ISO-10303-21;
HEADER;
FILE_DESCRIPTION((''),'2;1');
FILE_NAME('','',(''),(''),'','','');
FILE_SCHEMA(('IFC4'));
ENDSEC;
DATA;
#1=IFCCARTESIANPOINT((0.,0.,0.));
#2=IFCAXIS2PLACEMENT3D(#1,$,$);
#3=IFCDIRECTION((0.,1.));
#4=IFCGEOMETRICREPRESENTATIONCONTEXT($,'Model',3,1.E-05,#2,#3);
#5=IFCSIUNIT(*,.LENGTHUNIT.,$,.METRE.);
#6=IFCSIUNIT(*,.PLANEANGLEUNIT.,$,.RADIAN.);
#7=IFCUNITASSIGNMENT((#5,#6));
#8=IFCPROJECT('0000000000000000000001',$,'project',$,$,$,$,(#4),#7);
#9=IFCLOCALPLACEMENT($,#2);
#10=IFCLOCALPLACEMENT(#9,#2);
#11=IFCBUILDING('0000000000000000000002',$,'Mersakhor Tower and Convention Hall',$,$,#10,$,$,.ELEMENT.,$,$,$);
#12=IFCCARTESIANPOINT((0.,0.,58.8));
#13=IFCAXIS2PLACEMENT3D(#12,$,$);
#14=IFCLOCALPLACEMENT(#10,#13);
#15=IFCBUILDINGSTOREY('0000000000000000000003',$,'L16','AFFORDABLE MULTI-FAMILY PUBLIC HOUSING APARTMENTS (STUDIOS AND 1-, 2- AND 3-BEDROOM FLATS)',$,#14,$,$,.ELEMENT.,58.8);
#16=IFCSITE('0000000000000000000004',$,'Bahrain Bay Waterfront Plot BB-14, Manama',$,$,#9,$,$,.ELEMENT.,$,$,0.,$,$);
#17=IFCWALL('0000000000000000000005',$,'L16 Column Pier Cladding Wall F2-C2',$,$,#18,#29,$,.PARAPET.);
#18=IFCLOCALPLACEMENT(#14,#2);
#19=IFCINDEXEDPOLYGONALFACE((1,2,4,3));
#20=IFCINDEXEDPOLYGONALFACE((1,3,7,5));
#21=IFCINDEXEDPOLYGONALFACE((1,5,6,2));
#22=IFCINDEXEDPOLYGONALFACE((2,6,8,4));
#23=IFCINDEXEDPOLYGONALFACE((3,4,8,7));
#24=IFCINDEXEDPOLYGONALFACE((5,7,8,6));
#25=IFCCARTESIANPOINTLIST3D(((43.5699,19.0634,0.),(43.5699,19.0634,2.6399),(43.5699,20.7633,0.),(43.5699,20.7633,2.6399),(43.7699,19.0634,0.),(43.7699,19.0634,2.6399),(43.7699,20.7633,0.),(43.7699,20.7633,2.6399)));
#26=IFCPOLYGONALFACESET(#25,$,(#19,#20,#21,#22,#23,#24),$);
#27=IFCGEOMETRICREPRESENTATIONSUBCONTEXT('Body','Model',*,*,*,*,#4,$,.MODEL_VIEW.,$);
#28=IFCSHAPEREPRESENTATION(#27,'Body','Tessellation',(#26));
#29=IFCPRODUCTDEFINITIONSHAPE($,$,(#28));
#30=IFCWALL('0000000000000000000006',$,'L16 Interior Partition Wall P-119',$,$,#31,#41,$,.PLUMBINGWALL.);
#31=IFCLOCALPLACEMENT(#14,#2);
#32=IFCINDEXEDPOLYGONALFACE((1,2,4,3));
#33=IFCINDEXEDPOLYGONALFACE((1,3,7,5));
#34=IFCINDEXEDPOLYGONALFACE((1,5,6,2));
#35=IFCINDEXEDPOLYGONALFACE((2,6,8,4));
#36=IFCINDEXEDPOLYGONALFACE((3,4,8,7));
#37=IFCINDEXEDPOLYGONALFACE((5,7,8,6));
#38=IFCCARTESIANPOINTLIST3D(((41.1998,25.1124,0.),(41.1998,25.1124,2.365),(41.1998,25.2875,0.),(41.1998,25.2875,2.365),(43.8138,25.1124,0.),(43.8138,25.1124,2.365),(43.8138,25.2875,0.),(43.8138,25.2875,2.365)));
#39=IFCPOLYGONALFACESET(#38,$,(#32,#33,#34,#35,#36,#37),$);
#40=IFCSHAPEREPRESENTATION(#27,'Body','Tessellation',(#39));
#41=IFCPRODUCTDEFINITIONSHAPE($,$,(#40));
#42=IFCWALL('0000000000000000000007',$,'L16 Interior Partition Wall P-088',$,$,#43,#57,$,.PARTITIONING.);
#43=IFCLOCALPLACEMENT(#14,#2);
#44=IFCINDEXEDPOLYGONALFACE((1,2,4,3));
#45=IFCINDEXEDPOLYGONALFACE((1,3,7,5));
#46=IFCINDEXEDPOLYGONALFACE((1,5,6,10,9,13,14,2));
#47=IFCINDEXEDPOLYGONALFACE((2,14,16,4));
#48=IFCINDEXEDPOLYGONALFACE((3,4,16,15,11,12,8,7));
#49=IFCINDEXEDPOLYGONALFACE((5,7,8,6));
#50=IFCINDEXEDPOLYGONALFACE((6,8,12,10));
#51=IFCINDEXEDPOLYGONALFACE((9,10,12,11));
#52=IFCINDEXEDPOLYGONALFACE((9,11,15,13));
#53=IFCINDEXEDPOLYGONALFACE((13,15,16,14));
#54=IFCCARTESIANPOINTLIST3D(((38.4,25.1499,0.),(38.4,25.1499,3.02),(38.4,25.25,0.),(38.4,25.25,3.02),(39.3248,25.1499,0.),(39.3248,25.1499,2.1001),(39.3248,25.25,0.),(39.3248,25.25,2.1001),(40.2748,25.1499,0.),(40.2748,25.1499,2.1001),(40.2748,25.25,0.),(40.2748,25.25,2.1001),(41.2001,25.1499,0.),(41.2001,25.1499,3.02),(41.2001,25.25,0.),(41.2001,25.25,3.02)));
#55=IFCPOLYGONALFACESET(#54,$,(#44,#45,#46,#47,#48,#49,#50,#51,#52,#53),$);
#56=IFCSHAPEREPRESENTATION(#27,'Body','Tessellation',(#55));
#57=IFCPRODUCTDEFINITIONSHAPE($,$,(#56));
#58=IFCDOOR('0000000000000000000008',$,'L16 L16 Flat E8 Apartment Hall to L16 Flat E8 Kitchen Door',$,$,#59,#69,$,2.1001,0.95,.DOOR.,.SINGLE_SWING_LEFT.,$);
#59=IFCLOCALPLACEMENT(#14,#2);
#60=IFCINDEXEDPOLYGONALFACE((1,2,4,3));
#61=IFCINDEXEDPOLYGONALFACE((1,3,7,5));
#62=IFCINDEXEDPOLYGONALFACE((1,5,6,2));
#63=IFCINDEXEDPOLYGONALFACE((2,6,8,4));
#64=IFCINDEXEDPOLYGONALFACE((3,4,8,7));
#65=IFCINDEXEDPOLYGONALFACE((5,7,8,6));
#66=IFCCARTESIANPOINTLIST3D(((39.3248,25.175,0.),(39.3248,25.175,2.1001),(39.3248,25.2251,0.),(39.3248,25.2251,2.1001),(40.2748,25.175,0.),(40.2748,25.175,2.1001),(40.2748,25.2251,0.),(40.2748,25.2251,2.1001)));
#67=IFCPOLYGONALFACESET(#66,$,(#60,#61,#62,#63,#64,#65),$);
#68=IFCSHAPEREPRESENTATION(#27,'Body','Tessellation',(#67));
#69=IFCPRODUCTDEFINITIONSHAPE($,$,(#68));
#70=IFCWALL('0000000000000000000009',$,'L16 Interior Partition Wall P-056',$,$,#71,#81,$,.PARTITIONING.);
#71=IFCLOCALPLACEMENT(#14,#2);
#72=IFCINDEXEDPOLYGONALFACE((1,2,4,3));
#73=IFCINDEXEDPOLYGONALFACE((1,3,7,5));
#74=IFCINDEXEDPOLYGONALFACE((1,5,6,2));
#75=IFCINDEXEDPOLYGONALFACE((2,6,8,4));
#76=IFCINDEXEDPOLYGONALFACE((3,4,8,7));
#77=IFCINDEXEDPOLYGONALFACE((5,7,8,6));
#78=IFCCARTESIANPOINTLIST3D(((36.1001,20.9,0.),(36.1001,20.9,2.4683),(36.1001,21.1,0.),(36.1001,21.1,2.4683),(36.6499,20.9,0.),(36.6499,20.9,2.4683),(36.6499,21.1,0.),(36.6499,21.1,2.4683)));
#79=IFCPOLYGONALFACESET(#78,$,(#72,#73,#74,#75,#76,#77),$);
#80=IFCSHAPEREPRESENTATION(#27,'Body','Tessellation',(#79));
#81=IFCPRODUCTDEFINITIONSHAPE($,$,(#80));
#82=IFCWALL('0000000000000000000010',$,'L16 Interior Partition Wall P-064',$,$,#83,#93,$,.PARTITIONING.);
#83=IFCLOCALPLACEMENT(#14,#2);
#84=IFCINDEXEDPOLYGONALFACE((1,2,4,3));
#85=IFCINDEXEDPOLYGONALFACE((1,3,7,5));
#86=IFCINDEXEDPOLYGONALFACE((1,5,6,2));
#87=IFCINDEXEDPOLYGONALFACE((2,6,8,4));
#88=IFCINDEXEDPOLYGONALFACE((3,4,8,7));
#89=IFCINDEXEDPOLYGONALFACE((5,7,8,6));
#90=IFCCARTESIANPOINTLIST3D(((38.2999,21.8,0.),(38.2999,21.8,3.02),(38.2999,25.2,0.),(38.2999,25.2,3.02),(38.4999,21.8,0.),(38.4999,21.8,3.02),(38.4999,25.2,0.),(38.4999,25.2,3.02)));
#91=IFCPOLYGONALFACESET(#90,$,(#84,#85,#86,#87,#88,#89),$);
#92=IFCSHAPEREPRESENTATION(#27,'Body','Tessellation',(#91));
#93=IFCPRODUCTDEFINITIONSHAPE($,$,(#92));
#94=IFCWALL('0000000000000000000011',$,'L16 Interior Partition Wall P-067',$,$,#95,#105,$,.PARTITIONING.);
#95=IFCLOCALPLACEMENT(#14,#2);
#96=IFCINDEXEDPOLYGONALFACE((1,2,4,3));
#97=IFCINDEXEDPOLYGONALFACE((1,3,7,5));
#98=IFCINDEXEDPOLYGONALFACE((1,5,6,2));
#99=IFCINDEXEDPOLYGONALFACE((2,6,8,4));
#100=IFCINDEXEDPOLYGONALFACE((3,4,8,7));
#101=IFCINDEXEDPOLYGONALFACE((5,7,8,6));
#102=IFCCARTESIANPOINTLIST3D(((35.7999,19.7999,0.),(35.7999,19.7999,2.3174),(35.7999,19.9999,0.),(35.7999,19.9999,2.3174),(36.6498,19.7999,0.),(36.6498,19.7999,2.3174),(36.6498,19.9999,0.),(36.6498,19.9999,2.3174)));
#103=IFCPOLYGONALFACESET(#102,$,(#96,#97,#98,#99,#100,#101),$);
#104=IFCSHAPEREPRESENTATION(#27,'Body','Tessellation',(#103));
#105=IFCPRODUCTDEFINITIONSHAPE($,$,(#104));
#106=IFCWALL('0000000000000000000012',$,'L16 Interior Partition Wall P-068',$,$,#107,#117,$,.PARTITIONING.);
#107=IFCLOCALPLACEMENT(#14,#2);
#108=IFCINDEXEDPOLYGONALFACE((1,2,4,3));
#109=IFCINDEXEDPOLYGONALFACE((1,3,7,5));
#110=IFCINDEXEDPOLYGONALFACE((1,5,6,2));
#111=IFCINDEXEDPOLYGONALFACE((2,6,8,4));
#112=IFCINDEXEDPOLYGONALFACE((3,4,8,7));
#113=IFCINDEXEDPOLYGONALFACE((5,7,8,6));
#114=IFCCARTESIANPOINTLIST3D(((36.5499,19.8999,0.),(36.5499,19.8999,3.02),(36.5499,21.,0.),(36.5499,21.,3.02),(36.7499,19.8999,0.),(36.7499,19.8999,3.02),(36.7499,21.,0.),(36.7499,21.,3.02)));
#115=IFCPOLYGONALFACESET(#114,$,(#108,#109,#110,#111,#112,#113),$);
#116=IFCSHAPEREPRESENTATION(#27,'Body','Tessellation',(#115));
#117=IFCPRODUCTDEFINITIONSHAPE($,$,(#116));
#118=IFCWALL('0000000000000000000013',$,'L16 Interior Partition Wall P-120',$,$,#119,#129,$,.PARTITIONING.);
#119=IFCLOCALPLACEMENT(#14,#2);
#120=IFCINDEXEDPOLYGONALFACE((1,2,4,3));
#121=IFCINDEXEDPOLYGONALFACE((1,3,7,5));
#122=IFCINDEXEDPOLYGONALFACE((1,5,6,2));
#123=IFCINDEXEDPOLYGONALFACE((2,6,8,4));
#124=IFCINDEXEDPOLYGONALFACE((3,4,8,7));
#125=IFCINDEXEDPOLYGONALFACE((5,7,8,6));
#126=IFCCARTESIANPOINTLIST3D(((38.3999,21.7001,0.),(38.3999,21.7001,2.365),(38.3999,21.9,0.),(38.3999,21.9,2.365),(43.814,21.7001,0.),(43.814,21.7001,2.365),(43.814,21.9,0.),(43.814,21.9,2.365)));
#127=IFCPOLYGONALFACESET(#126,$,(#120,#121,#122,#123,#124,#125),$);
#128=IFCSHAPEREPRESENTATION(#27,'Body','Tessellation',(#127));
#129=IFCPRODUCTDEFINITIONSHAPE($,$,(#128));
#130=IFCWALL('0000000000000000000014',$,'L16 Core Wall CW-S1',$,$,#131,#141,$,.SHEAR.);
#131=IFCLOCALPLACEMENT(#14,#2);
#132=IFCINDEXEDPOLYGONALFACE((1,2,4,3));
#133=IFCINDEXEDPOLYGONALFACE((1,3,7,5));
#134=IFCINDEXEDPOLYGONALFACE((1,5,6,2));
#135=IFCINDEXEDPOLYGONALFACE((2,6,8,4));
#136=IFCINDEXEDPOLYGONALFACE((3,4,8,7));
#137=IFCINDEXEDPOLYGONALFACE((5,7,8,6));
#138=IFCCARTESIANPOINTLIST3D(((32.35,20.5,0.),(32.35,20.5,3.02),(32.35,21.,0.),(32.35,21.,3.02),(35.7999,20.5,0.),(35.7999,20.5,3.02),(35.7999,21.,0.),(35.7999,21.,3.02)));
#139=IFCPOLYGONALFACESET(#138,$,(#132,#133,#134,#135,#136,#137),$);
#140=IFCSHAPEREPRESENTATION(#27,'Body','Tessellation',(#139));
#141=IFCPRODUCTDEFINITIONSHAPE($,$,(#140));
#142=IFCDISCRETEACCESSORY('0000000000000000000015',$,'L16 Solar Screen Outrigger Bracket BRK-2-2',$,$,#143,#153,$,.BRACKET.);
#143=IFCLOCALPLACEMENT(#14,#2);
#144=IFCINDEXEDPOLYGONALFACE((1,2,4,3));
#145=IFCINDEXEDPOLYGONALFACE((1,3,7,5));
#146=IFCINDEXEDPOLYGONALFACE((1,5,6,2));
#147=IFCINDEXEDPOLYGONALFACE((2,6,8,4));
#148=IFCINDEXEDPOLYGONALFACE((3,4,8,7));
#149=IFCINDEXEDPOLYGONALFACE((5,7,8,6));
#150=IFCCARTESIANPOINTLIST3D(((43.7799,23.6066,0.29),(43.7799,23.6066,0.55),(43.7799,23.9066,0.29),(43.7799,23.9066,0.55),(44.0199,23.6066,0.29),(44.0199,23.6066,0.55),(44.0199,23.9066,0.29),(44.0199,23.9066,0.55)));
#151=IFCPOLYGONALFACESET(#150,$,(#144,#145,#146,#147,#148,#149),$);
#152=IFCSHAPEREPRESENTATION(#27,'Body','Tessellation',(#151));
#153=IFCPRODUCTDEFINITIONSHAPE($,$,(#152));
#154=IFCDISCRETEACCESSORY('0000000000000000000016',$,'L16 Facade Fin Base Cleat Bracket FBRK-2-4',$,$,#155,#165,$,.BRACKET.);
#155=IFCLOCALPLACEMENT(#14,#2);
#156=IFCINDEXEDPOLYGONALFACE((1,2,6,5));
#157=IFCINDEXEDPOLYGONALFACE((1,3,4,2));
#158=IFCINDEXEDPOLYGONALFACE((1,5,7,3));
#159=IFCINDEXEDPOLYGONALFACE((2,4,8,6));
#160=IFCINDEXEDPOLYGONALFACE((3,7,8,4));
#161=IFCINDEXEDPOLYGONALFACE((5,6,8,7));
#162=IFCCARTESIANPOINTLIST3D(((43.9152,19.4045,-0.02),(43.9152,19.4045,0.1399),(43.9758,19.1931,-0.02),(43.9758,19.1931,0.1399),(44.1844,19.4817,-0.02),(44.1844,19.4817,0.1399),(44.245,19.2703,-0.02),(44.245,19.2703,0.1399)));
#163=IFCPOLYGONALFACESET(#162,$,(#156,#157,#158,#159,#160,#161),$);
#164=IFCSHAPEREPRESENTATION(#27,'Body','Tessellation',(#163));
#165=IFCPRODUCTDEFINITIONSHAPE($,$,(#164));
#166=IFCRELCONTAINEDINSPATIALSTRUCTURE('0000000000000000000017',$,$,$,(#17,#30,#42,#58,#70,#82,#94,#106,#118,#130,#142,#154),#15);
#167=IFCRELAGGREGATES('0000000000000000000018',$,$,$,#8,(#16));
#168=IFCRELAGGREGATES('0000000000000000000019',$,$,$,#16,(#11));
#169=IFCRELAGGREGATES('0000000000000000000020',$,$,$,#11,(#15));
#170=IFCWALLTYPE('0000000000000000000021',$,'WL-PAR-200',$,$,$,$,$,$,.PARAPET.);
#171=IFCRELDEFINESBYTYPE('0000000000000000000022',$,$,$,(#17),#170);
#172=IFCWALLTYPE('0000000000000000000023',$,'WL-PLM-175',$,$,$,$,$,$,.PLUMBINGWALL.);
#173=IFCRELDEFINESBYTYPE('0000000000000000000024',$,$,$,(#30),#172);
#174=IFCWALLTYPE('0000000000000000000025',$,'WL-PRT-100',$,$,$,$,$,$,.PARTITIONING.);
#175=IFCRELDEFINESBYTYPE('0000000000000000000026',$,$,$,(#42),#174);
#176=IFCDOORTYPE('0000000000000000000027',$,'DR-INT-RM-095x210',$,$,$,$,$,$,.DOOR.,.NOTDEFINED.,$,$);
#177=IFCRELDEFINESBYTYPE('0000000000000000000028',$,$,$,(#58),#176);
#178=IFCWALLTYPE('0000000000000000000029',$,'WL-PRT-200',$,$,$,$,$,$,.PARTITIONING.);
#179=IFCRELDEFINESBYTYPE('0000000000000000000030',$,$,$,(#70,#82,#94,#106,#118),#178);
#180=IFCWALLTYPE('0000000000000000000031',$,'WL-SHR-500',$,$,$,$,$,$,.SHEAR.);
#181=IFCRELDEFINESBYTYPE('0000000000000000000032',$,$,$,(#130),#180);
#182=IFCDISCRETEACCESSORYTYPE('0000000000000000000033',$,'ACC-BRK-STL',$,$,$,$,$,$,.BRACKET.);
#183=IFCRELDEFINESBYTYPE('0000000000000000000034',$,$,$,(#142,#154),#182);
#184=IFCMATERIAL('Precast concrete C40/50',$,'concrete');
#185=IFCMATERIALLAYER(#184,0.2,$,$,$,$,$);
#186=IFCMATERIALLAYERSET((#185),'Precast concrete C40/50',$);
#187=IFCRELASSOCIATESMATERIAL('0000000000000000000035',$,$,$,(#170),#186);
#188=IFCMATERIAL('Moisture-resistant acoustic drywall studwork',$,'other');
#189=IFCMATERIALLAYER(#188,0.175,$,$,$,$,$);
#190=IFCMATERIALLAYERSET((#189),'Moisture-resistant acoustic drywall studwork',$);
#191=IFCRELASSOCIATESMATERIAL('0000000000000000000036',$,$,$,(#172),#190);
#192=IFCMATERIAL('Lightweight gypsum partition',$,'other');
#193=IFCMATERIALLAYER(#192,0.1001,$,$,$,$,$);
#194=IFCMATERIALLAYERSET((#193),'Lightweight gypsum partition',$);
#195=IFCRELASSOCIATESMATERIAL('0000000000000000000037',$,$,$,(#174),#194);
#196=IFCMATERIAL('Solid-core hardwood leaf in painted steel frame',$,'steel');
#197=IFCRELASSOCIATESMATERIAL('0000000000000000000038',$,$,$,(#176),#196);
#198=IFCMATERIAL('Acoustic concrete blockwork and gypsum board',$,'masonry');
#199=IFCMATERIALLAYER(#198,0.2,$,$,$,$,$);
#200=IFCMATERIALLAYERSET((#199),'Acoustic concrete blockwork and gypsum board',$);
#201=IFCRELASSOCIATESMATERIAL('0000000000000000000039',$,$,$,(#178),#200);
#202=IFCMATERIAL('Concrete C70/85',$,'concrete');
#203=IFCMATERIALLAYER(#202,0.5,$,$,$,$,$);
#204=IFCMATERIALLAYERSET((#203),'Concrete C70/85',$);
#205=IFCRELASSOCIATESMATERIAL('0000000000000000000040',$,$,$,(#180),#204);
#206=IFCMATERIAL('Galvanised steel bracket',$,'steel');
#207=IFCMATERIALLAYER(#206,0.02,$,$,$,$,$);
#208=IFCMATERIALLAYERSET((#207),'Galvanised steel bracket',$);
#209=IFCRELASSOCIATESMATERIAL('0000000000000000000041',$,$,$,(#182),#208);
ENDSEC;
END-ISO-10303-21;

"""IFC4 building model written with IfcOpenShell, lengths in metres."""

from ifc_helpers import new_model, si_unit, direction, frame, frame_2d, origin, origin_2d, place, context, subcontext, project, spatial, rectangle, extrude, material, layer, layer_set, type_object, element, fill, save


model = new_model("IFC4")

# Units and contexts
model_context = context("Model", 3, precision=1e-05, world=origin(), true_north=direction((0.0, 1.0)))
body_context = subcontext(model_context, "Body", "Model", "MODEL_VIEW")
ifc_project = project(units=[si_unit("LENGTHUNIT", "METRE"), si_unit("PLANEANGLEUNIT", "RADIAN")], contexts=[model_context])

# Site, building, storey
site_placement = place(None, origin())
site = spatial("IfcSite", under=ifc_project, at=site_placement, Name="Bahrain Bay Waterfront Plot BB-14, Manama", CompositionType="ELEMENT", RefElevation=0.0)
building_placement = place(site_placement, origin())
building = spatial("IfcBuilding", under=site, at=building_placement, Name="Mersakhor Tower and Convention Hall", CompositionType="ELEMENT")
storey_placement = place(building_placement, frame((0.0, 0.0, 58.8)))
storey = spatial("IfcBuildingStorey", under=building, at=storey_placement, Name="L16", Description="AFFORDABLE MULTI-FAMILY PUBLIC HOUSING APARTMENTS (STUDIOS AND 1-, 2- AND 3-BEDROOM FLATS)", CompositionType="ELEMENT", Elevation=58.8)

# Walls
ifc_material_1 = material(Name="Precast concrete C40/50", Category="concrete")
ifc_layer_1 = layer(ifc_material_1, 0.2)
ifc_layer_set_1 = layer_set([ifc_layer_1], Name="Precast concrete C40/50")
wall_type_1 = type_object("IfcWallType", Name="WL-PAR-200", PredefinedType="PARAPET", material=ifc_layer_set_1)
wall_1_placement = place(storey_placement, frame((43.6699, 20.7634, 0.0), z_axis=(0.0, 0.0, 1.0), x_axis=(0.0, -1.0, 0.0)))
element("IfcWall", 1, at=wall_1_placement, inside=storey, type_object=wall_type_1, Name="L16 Column Pier Cladding Wall F2-C2", PredefinedType="PARAPET", context=body_context, shape_type="SweptSolid", body=[
    extrude(rectangle(XDim=1.7, YDim=0.2, at=frame_2d((0.8501, 0.0))), origin(), (0.0, 0.0, 1.0), 2.6399),
])
ifc_material_2 = material(Name="Moisture-resistant acoustic drywall studwork", Category="other")
ifc_layer_2 = layer(ifc_material_2, 0.175)
ifc_layer_set_2 = layer_set([ifc_layer_2], Name="Moisture-resistant acoustic drywall studwork")
wall_type_2 = type_object("IfcWallType", Name="WL-PLM-175", PredefinedType="PLUMBINGWALL", material=ifc_layer_set_2)
wall_2_placement = place(storey_placement, frame((43.814, 25.2, 0.0), z_axis=(0.0, 0.0, 1.0), x_axis=(-1.0, 0.0, 0.0)))
element("IfcWall", 2, at=wall_2_placement, inside=storey, type_object=wall_type_2, Name="L16 Interior Partition Wall P-119", PredefinedType="PLUMBINGWALL", context=body_context, shape_type="SweptSolid", body=[
    extrude(rectangle(XDim=2.614, YDim=0.175, at=frame_2d((1.3071, 0.0))), origin(), (0.0, 0.0, 1.0), 2.365),
])

# Wall, opening, door
ifc_material_3 = material(Name="Lightweight gypsum partition", Category="other")
ifc_layer_3 = layer(ifc_material_3, 0.1001)
ifc_layer_set_3 = layer_set([ifc_layer_3], Name="Lightweight gypsum partition")
wall_type_3 = type_object("IfcWallType", Name="WL-PRT-100", PredefinedType="PARTITIONING", material=ifc_layer_set_3)
wall_3_placement = place(storey_placement, frame((41.2, 25.2, 0.0), z_axis=(0.0, 0.0, 1.0), x_axis=(-1.0, 0.0, 0.0)))
wall_3 = element("IfcWall", 3, at=wall_3_placement, inside=storey, type_object=wall_type_3, Name="L16 Interior Partition Wall P-088", PredefinedType="PARTITIONING", context=body_context, shape_type="SweptSolid", body=[
    extrude(rectangle(XDim=2.8, YDim=0.1001, at=frame_2d((1.3999, 0.0))), origin(), (0.0, 0.0, 1.0), 3.02),
])
opening_1_placement = place(wall_3_placement, frame((0.925, 0.0, 0.0)))
opening_1 = element("IfcOpeningElement", 4, at=opening_1_placement, cuts=wall_3, PredefinedType="OPENING", context=body_context, shape_type="SweptSolid", body=[
    extrude(rectangle(XDim=0.95, YDim=2.1001, at=frame_2d((0.4751, 1.05))), frame((0.0, 0.0601, 0.0), z_axis=(0.0, -1.0, 0.0), x_axis=(1.0, 0.0, 0.0)), (0.0, 0.0, 1.0), 0.1201),
])
ifc_material_4 = material(Name="Solid-core hardwood leaf in painted steel frame", Category="steel")
door_type_1 = type_object("IfcDoorType", Name="DR-INT-RM-095x210", OperationType="NOTDEFINED", PredefinedType="DOOR", material=ifc_material_4)
door_1_placement = place(opening_1_placement, origin())
door_1 = element("IfcDoor", 5, at=door_1_placement, inside=storey, type_object=door_type_1, Name="L16 L16 Flat E8 Apartment Hall to L16 Flat E8 Kitchen Door", OperationType="SINGLE_SWING_LEFT", OverallHeight=2.1001, OverallWidth=0.95, PredefinedType="DOOR", context=body_context, shape_type="SweptSolid", body=[
    extrude(rectangle(XDim=0.95, YDim=2.1001, at=frame_2d((0.4751, 1.05))), frame((0.0, 0.0249, 0.0), z_axis=(0.0, -1.0, 0.0), x_axis=(1.0, 0.0, 0.0)), (0.0, 0.0, 1.0), 0.05),
])
fill(opening_1, door_1)

# Walls
ifc_material_5 = material(Name="Acoustic concrete blockwork and gypsum board", Category="masonry")
ifc_layer_4 = layer(ifc_material_5, 0.2)
ifc_layer_set_4 = layer_set([ifc_layer_4], Name="Acoustic concrete blockwork and gypsum board")
wall_type_4 = type_object("IfcWallType", Name="WL-PRT-200", PredefinedType="PARTITIONING", material=ifc_layer_set_4)
wall_4_placement = place(storey_placement, frame((36.6499, 21.0, 0.0), z_axis=(0.0, 0.0, 1.0), x_axis=(-1.0, 0.0, 0.0)))
element("IfcWall", 6, at=wall_4_placement, inside=storey, type_object=wall_type_4, Name="L16 Interior Partition Wall P-056", PredefinedType="PARTITIONING", context=body_context, shape_type="SweptSolid", body=[
    extrude(rectangle(XDim=0.5498, YDim=0.2, at=frame_2d((0.2749, 0.0))), origin(), (0.0, 0.0, 1.0), 2.4683),
])
wall_5_placement = place(storey_placement, frame((38.3999, 25.2, 0.0), z_axis=(0.0, 0.0, 1.0), x_axis=(0.0, -1.0, 0.0)))
element("IfcWall", 7, at=wall_5_placement, inside=storey, type_object=wall_type_4, Name="L16 Interior Partition Wall P-064", PredefinedType="PARTITIONING", context=body_context, shape_type="SweptSolid", body=[
    extrude(rectangle(XDim=3.3999, YDim=0.2, at=frame_2d((1.7, 0.0))), origin(), (0.0, 0.0, 1.0), 3.02),
])

# Walls
wall_6_placement = place(storey_placement, frame((35.8, 19.8999, 0.0), z_axis=(0.0, 0.0, 1.0), x_axis=(1.0, 0.0, 0.0)))
element("IfcWall", 8, at=wall_6_placement, inside=storey, type_object=wall_type_4, Name="L16 Interior Partition Wall P-067", PredefinedType="PARTITIONING", context=body_context, shape_type="SweptSolid", body=[
    extrude(rectangle(XDim=0.8499, YDim=0.2, at=frame_2d((0.4248, 0.0))), origin(), (0.0, 0.0, 1.0), 2.3174),
])
wall_7_placement = place(storey_placement, frame((36.6499, 19.8999, 0.0), z_axis=(0.0, 0.0, 1.0), x_axis=(0.0, 1.0, 0.0)))
element("IfcWall", 9, at=wall_7_placement, inside=storey, type_object=wall_type_4, Name="L16 Interior Partition Wall P-068", PredefinedType="PARTITIONING", context=body_context, shape_type="SweptSolid", body=[
    extrude(rectangle(XDim=1.1001, YDim=0.2, at=frame_2d((0.55, 0.0))), origin(), (0.0, 0.0, 1.0), 3.02),
])
wall_8_placement = place(storey_placement, frame((43.814, 21.8, 0.0), z_axis=(0.0, 0.0, 1.0), x_axis=(-1.0, 0.0, 0.0)))
element("IfcWall", 10, at=wall_8_placement, inside=storey, type_object=wall_type_4, Name="L16 Interior Partition Wall P-120", PredefinedType="PARTITIONING", context=body_context, shape_type="SweptSolid", body=[
    extrude(rectangle(XDim=5.4141, YDim=0.2, at=frame_2d((2.707, 0.0))), origin(), (0.0, 0.0, 1.0), 2.365),
])
ifc_material_6 = material(Name="Concrete C70/85", Category="concrete")
ifc_layer_5 = layer(ifc_material_6, 0.5)
ifc_layer_set_5 = layer_set([ifc_layer_5], Name="Concrete C70/85")
wall_type_5 = type_object("IfcWallType", Name="WL-SHR-500", PredefinedType="SHEAR", material=ifc_layer_set_5)
wall_9_placement = place(storey_placement, frame((35.8, 20.75, 0.0), z_axis=(0.0, 0.0, 1.0), x_axis=(-1.0, 0.0, 0.0)))
element("IfcWall", 11, at=wall_9_placement, inside=storey, type_object=wall_type_5, Name="L16 Core Wall CW-S1", PredefinedType="SHEAR", context=body_context, shape_type="SweptSolid", body=[
    extrude(rectangle(XDim=3.45, YDim=0.5, at=frame_2d((1.7251, 0.0))), origin(), (0.0, 0.0, 1.0), 3.02),
])

# Discrete accessories
ifc_material_7 = material(Name="Galvanised steel bracket", Category="steel")
ifc_layer_6 = layer(ifc_material_7, 0.02)
ifc_layer_set_6 = layer_set([ifc_layer_6], Name="Galvanised steel bracket")
discrete_accessory_type = type_object("IfcDiscreteAccessoryType", Name="ACC-BRK-STL", PredefinedType="BRACKET", material=ifc_layer_set_6)
discrete_accessory_1_placement = place(storey_placement, frame((43.8999, 23.7566, 0.29), z_axis=(0.0, 0.0, 1.0), x_axis=(0.0, -1.0, 0.0)))
element("IfcDiscreteAccessory", 12, at=discrete_accessory_1_placement, inside=storey, type_object=discrete_accessory_type, Name="L16 Solar Screen Outrigger Bracket BRK-2-2", PredefinedType="BRACKET", context=body_context, shape_type="SweptSolid", body=[
    extrude(rectangle(XDim=0.3, YDim=0.24, at=origin_2d()), origin(), (0.0, 0.0, 1.0), 0.26),
])
discrete_accessory_2_placement = place(storey_placement, frame((44.0801, 19.3374, -0.02), z_axis=(0.0, 0.0, 1.0), x_axis=(0.961262, 0.275637, 0.0)))
element("IfcDiscreteAccessory", 13, at=discrete_accessory_2_placement, inside=storey, type_object=discrete_accessory_type, Name="L16 Facade Fin Base Cleat Bracket FBRK-2-4", PredefinedType="BRACKET", context=body_context, shape_type="SweptSolid", body=[
    extrude(rectangle(XDim=0.28, YDim=0.22, at=origin_2d()), origin(), (0.0, 0.0, 1.0), 0.1599),
])

save(model, "model.ifc")
